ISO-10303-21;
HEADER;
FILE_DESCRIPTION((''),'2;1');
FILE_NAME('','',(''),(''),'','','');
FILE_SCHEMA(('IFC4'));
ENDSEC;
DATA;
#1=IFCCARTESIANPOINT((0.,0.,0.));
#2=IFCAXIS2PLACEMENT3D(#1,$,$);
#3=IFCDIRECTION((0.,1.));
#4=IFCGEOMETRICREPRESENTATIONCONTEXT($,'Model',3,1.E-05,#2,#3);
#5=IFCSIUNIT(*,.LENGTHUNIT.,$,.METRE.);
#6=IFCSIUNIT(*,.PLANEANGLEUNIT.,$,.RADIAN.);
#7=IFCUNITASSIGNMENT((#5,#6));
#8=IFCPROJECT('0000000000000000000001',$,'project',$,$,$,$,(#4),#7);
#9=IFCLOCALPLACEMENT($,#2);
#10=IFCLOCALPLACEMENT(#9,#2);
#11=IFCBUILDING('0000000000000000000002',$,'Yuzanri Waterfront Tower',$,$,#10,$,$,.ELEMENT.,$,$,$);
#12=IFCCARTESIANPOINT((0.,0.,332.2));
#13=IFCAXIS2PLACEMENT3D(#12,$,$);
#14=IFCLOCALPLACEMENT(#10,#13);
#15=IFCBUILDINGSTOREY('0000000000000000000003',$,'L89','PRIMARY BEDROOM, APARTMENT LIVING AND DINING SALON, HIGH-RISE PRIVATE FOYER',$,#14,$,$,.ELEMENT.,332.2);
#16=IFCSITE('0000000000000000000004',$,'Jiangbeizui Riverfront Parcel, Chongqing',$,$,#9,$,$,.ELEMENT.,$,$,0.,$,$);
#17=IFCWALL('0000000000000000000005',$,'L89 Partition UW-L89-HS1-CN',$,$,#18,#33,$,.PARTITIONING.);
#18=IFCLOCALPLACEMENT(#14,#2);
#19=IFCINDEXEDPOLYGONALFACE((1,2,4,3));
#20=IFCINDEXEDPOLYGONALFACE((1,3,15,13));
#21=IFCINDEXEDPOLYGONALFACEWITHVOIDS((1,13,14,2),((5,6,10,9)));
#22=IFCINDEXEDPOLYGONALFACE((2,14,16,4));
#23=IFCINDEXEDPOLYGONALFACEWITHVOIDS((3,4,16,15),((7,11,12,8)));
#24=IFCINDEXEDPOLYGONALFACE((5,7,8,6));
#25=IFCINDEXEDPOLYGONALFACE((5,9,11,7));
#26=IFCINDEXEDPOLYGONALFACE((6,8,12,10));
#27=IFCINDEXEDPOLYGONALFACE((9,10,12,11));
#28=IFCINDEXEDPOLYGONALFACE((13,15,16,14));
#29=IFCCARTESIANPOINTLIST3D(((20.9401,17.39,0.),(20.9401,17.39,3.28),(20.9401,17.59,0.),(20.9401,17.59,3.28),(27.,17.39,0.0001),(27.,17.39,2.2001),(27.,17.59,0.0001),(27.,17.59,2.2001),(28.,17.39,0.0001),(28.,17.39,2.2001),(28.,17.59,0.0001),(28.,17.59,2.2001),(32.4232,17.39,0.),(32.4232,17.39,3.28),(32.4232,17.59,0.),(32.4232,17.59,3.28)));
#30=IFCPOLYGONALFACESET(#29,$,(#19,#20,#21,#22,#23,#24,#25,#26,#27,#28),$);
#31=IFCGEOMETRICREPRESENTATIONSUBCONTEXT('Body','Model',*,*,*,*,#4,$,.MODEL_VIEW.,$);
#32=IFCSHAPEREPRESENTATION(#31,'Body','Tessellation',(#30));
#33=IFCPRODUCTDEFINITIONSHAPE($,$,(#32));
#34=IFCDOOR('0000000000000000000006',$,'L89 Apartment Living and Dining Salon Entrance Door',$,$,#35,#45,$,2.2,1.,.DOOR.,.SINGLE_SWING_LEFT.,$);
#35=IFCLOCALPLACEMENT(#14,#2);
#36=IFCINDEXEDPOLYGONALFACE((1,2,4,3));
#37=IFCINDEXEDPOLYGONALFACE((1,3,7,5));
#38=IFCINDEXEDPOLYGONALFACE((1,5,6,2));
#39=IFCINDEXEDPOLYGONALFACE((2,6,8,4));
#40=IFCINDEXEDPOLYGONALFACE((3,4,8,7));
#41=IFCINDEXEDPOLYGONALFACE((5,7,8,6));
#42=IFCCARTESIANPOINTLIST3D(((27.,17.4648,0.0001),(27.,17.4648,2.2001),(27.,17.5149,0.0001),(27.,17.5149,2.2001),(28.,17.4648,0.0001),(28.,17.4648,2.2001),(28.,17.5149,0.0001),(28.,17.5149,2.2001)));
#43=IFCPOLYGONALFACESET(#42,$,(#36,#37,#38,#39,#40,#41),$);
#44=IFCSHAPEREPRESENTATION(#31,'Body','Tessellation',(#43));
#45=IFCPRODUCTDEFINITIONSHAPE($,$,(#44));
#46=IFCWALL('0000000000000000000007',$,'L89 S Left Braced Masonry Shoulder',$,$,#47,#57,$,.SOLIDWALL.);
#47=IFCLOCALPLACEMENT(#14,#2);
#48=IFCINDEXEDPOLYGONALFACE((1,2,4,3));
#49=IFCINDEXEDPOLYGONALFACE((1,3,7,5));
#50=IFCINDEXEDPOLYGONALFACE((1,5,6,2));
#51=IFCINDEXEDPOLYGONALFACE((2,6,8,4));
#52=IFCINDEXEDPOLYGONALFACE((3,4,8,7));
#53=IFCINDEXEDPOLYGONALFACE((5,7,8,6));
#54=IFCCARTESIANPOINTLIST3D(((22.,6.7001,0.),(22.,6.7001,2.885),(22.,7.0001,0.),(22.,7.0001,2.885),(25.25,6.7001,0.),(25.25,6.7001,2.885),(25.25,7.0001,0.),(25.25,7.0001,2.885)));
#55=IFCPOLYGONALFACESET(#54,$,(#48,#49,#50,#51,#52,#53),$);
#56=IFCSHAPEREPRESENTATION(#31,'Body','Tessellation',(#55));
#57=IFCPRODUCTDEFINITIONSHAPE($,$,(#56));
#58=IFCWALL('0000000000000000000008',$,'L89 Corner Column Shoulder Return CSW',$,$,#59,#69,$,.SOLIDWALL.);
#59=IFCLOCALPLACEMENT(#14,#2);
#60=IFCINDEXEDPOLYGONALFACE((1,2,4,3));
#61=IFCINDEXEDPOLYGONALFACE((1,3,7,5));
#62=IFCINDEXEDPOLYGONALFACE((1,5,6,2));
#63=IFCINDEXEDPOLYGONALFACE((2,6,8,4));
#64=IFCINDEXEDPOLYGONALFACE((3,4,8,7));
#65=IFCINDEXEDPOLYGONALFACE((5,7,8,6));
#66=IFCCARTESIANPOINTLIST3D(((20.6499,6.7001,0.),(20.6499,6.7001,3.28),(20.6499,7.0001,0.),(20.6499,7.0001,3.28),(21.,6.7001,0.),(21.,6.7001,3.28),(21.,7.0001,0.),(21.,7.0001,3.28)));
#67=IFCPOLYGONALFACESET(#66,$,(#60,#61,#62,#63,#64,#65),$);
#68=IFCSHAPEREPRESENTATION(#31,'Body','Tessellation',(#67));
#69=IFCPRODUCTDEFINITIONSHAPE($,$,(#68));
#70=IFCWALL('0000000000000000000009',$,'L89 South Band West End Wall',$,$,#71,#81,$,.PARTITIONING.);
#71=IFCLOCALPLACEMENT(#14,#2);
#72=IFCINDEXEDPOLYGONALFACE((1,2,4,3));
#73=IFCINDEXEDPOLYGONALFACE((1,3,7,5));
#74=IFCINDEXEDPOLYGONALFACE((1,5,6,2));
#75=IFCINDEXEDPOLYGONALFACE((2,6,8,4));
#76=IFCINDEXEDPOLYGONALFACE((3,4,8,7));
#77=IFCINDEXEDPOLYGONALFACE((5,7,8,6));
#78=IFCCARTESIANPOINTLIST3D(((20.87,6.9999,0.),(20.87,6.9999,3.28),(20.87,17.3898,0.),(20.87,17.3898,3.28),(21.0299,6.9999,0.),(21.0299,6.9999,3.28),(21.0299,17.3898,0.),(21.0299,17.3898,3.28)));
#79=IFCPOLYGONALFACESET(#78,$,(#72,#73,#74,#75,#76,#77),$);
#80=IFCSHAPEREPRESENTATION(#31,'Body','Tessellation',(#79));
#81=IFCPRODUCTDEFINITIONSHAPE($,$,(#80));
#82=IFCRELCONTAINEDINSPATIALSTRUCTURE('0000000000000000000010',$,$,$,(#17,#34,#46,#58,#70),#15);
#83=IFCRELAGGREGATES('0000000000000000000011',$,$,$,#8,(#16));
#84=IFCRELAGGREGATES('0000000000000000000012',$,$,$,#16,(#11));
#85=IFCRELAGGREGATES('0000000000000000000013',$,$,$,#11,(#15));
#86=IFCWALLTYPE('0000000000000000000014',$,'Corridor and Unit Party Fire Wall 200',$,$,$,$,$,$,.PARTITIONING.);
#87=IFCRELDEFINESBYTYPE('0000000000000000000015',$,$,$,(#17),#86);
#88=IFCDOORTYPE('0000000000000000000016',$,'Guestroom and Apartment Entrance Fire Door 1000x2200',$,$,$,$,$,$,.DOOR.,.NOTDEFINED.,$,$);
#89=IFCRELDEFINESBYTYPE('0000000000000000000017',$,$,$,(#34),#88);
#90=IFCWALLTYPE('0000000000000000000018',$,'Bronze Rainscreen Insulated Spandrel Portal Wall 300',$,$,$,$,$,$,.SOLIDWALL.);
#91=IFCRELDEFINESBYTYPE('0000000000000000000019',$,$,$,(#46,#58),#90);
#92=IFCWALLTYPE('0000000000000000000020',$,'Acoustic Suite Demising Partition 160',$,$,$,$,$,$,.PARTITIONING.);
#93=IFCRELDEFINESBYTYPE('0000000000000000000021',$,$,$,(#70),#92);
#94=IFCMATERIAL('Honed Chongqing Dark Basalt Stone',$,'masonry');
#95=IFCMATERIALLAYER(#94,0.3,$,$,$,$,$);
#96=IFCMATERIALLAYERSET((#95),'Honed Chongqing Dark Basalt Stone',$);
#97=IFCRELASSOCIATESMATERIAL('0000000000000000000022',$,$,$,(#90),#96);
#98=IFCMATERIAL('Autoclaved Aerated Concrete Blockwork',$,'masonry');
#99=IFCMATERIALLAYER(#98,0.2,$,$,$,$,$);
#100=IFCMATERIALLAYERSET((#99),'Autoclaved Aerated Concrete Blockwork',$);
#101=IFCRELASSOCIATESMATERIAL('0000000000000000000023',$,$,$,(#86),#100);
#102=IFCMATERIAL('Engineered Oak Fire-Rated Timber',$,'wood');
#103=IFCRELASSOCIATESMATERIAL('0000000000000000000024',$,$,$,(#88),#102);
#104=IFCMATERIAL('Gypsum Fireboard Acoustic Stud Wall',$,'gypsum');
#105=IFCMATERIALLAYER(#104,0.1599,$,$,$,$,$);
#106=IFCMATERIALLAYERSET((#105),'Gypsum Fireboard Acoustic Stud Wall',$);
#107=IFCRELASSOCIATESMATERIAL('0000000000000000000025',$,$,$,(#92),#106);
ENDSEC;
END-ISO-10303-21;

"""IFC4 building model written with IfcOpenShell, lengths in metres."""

from ifc_helpers import new_model, si_unit, direction, frame, frame_2d, origin, place, context, subcontext, project, spatial, rectangle, extrude, source, transform, mapped, material, layer, layer_set, type_object, element, fill, save


model = new_model("IFC4")

# Units and contexts
model_context = context("Model", 3, precision=1e-05, world=origin(), true_north=direction((0.0, 1.0)))
body_context = subcontext(model_context, "Body", "Model", "MODEL_VIEW")
ifc_project = project(units=[si_unit("LENGTHUNIT", "METRE"), si_unit("PLANEANGLEUNIT", "RADIAN")], contexts=[model_context])

# Site, building, storey
site_placement = place(None, origin())
site = spatial("IfcSite", under=ifc_project, at=site_placement, Name="Jiangbeizui Riverfront Parcel, Chongqing", CompositionType="ELEMENT", RefElevation=0.0)
building_placement = place(site_placement, origin())
building = spatial("IfcBuilding", under=site, at=building_placement, Name="Yuzanri Waterfront Tower", CompositionType="ELEMENT")
storey_placement = place(building_placement, frame((0.0, 0.0, 332.2)))
storey = spatial("IfcBuildingStorey", under=building, at=storey_placement, Name="L89", Description="PRIMARY BEDROOM, APARTMENT LIVING AND DINING SALON, HIGH-RISE PRIVATE FOYER", CompositionType="ELEMENT", Elevation=332.2)

# Shared definitions
ifc_material_1 = material(Name="Honed Chongqing Dark Basalt Stone", Category="masonry")
ifc_layer_1 = layer(ifc_material_1, 0.3)
ifc_layer_set_1 = layer_set([ifc_layer_1], Name="Honed Chongqing Dark Basalt Stone")
wall_type_1 = type_object("IfcWallType", Name="Bronze Rainscreen Insulated Spandrel Portal Wall 300", PredefinedType="SOLIDWALL", material=ifc_layer_set_1)

# Wall, opening, door
ifc_material_2 = material(Name="Autoclaved Aerated Concrete Blockwork", Category="masonry")
ifc_layer_2 = layer(ifc_material_2, 0.2)
ifc_layer_set_2 = layer_set([ifc_layer_2], Name="Autoclaved Aerated Concrete Blockwork")
wall_type_2 = type_object("IfcWallType", Name="Corridor and Unit Party Fire Wall 200", PredefinedType="PARTITIONING", material=ifc_layer_set_2)
wall_1_placement = place(storey_placement, frame((20.9399, 17.49, 0.0), z_axis=(0.0, 0.0, 1.0), x_axis=(1.0, 0.0, 0.0)))
wall_1 = element("IfcWall", 1, at=wall_1_placement, inside=storey, type_object=wall_type_2, Name="L89 Partition UW-L89-HS1-CN", PredefinedType="PARTITIONING", context=body_context, shape_type="SweptSolid", body=[
    extrude(rectangle(XDim=11.4832, YDim=0.2, at=frame_2d((5.7417, 0.0))), origin(), (0.0, 0.0, 1.0), 3.28),
])
opening_1_placement = place(wall_1_placement, frame((6.0601, 0.0, 0.0)))
opening_1 = element("IfcOpeningElement", 2, at=opening_1_placement, cuts=wall_1, PredefinedType="OPENING", context=body_context, shape_type="SweptSolid", body=[
    extrude(rectangle(XDim=1.0, YDim=2.2, at=frame_2d((0.5, 1.1001))), frame((0.0, 0.1147, 0.0), z_axis=(0.0, -1.0, 0.0), x_axis=(1.0, 0.0, 0.0)), (0.0, 0.0, 1.0), 0.2297),
])
ifc_material_3 = material(Name="Engineered Oak Fire-Rated Timber", Category="wood")
door_type_1 = type_object("IfcDoorType", Name="Guestroom and Apartment Entrance Fire Door 1000x2200", OperationType="NOTDEFINED", PredefinedType="DOOR", material=ifc_material_3)
shared_shape_1 = source(origin(), body_context, "Body", "SweptSolid", [
    extrude(rectangle(XDim=1.0, YDim=2.2, at=frame_2d((0.5, 1.1001))), frame((0.0, 0.0249, 0.0), z_axis=(0.0, -1.0, 0.0), x_axis=(1.0, 0.0, 0.0)), (0.0, 0.0, 1.0), 0.05),
])
door_1_placement = place(opening_1_placement, origin())
door_1 = element("IfcDoor", 3, at=door_1_placement, inside=storey, type_object=door_type_1, Name="L89 Apartment Living and Dining Salon Entrance Door", OperationType="SINGLE_SWING_LEFT", OverallHeight=2.2, OverallWidth=1.0, PredefinedType="DOOR", context=body_context, shape_type="MappedRepresentation", body=[
    mapped(shared_shape_1, transform((0.0, 0.0, 0.0), scale=1.0)),
])
fill(opening_1, door_1)

# Walls
shared_shape_2 = source(origin(), body_context, "Body", "SweptSolid", [
    extrude(rectangle(XDim=3.25, YDim=0.3, at=frame_2d((1.625, 0.0))), origin(), (0.0, 0.0, 1.0), 2.885),
])
wall_2_placement = place(storey_placement, frame((22.0, 6.8501, 0.0), z_axis=(0.0, 0.0, 1.0), x_axis=(1.0, 0.0, 0.0)))
element("IfcWall", 4, at=wall_2_placement, inside=storey, type_object=wall_type_1, Name="L89 S Left Braced Masonry Shoulder", PredefinedType="SOLIDWALL", context=body_context, shape_type="MappedRepresentation", body=[
    mapped(shared_shape_2, transform((0.0, 0.0, 0.0), scale=1.0)),
])
shared_shape_3 = source(origin(), body_context, "Body", "SweptSolid", [
    extrude(rectangle(XDim=0.3501, YDim=0.3, at=frame_2d((0.175, 0.0))), origin(), (0.0, 0.0, 1.0), 3.28),
])
wall_3_placement = place(storey_placement, frame((20.6499, 6.8501, 0.0), z_axis=(0.0, 0.0, 1.0), x_axis=(1.0, 0.0, 0.0)))
element("IfcWall", 5, at=wall_3_placement, inside=storey, type_object=wall_type_1, Name="L89 Corner Column Shoulder Return CSW", PredefinedType="SOLIDWALL", context=body_context, shape_type="MappedRepresentation", body=[
    mapped(shared_shape_3, transform((0.0, 0.0, 0.0), scale=1.0)),
])
ifc_material_4 = material(Name="Gypsum Fireboard Acoustic Stud Wall", Category="gypsum")
ifc_layer_3 = layer(ifc_material_4, 0.1599)
ifc_layer_set_3 = layer_set([ifc_layer_3], Name="Gypsum Fireboard Acoustic Stud Wall")
wall_type_3 = type_object("IfcWallType", Name="Acoustic Suite Demising Partition 160", PredefinedType="PARTITIONING", material=ifc_layer_set_3)
shared_shape_4 = source(origin(), body_context, "Body", "SweptSolid", [
    extrude(rectangle(XDim=10.3899, YDim=0.1599, at=frame_2d((5.1948, 0.0))), origin(), (0.0, 0.0, 1.0), 3.28),
])
wall_4_placement = place(storey_placement, frame((20.95, 7.0, 0.0), z_axis=(0.0, 0.0, 1.0), x_axis=(0.0, 1.0, 0.0)))
element("IfcWall", 6, at=wall_4_placement, inside=storey, type_object=wall_type_3, Name="L89 South Band West End Wall", PredefinedType="PARTITIONING", context=body_context, shape_type="MappedRepresentation", body=[
    mapped(shared_shape_4, transform((0.0, 0.0, 0.0), scale=1.0)),
])

save(model, "model.ifc")
